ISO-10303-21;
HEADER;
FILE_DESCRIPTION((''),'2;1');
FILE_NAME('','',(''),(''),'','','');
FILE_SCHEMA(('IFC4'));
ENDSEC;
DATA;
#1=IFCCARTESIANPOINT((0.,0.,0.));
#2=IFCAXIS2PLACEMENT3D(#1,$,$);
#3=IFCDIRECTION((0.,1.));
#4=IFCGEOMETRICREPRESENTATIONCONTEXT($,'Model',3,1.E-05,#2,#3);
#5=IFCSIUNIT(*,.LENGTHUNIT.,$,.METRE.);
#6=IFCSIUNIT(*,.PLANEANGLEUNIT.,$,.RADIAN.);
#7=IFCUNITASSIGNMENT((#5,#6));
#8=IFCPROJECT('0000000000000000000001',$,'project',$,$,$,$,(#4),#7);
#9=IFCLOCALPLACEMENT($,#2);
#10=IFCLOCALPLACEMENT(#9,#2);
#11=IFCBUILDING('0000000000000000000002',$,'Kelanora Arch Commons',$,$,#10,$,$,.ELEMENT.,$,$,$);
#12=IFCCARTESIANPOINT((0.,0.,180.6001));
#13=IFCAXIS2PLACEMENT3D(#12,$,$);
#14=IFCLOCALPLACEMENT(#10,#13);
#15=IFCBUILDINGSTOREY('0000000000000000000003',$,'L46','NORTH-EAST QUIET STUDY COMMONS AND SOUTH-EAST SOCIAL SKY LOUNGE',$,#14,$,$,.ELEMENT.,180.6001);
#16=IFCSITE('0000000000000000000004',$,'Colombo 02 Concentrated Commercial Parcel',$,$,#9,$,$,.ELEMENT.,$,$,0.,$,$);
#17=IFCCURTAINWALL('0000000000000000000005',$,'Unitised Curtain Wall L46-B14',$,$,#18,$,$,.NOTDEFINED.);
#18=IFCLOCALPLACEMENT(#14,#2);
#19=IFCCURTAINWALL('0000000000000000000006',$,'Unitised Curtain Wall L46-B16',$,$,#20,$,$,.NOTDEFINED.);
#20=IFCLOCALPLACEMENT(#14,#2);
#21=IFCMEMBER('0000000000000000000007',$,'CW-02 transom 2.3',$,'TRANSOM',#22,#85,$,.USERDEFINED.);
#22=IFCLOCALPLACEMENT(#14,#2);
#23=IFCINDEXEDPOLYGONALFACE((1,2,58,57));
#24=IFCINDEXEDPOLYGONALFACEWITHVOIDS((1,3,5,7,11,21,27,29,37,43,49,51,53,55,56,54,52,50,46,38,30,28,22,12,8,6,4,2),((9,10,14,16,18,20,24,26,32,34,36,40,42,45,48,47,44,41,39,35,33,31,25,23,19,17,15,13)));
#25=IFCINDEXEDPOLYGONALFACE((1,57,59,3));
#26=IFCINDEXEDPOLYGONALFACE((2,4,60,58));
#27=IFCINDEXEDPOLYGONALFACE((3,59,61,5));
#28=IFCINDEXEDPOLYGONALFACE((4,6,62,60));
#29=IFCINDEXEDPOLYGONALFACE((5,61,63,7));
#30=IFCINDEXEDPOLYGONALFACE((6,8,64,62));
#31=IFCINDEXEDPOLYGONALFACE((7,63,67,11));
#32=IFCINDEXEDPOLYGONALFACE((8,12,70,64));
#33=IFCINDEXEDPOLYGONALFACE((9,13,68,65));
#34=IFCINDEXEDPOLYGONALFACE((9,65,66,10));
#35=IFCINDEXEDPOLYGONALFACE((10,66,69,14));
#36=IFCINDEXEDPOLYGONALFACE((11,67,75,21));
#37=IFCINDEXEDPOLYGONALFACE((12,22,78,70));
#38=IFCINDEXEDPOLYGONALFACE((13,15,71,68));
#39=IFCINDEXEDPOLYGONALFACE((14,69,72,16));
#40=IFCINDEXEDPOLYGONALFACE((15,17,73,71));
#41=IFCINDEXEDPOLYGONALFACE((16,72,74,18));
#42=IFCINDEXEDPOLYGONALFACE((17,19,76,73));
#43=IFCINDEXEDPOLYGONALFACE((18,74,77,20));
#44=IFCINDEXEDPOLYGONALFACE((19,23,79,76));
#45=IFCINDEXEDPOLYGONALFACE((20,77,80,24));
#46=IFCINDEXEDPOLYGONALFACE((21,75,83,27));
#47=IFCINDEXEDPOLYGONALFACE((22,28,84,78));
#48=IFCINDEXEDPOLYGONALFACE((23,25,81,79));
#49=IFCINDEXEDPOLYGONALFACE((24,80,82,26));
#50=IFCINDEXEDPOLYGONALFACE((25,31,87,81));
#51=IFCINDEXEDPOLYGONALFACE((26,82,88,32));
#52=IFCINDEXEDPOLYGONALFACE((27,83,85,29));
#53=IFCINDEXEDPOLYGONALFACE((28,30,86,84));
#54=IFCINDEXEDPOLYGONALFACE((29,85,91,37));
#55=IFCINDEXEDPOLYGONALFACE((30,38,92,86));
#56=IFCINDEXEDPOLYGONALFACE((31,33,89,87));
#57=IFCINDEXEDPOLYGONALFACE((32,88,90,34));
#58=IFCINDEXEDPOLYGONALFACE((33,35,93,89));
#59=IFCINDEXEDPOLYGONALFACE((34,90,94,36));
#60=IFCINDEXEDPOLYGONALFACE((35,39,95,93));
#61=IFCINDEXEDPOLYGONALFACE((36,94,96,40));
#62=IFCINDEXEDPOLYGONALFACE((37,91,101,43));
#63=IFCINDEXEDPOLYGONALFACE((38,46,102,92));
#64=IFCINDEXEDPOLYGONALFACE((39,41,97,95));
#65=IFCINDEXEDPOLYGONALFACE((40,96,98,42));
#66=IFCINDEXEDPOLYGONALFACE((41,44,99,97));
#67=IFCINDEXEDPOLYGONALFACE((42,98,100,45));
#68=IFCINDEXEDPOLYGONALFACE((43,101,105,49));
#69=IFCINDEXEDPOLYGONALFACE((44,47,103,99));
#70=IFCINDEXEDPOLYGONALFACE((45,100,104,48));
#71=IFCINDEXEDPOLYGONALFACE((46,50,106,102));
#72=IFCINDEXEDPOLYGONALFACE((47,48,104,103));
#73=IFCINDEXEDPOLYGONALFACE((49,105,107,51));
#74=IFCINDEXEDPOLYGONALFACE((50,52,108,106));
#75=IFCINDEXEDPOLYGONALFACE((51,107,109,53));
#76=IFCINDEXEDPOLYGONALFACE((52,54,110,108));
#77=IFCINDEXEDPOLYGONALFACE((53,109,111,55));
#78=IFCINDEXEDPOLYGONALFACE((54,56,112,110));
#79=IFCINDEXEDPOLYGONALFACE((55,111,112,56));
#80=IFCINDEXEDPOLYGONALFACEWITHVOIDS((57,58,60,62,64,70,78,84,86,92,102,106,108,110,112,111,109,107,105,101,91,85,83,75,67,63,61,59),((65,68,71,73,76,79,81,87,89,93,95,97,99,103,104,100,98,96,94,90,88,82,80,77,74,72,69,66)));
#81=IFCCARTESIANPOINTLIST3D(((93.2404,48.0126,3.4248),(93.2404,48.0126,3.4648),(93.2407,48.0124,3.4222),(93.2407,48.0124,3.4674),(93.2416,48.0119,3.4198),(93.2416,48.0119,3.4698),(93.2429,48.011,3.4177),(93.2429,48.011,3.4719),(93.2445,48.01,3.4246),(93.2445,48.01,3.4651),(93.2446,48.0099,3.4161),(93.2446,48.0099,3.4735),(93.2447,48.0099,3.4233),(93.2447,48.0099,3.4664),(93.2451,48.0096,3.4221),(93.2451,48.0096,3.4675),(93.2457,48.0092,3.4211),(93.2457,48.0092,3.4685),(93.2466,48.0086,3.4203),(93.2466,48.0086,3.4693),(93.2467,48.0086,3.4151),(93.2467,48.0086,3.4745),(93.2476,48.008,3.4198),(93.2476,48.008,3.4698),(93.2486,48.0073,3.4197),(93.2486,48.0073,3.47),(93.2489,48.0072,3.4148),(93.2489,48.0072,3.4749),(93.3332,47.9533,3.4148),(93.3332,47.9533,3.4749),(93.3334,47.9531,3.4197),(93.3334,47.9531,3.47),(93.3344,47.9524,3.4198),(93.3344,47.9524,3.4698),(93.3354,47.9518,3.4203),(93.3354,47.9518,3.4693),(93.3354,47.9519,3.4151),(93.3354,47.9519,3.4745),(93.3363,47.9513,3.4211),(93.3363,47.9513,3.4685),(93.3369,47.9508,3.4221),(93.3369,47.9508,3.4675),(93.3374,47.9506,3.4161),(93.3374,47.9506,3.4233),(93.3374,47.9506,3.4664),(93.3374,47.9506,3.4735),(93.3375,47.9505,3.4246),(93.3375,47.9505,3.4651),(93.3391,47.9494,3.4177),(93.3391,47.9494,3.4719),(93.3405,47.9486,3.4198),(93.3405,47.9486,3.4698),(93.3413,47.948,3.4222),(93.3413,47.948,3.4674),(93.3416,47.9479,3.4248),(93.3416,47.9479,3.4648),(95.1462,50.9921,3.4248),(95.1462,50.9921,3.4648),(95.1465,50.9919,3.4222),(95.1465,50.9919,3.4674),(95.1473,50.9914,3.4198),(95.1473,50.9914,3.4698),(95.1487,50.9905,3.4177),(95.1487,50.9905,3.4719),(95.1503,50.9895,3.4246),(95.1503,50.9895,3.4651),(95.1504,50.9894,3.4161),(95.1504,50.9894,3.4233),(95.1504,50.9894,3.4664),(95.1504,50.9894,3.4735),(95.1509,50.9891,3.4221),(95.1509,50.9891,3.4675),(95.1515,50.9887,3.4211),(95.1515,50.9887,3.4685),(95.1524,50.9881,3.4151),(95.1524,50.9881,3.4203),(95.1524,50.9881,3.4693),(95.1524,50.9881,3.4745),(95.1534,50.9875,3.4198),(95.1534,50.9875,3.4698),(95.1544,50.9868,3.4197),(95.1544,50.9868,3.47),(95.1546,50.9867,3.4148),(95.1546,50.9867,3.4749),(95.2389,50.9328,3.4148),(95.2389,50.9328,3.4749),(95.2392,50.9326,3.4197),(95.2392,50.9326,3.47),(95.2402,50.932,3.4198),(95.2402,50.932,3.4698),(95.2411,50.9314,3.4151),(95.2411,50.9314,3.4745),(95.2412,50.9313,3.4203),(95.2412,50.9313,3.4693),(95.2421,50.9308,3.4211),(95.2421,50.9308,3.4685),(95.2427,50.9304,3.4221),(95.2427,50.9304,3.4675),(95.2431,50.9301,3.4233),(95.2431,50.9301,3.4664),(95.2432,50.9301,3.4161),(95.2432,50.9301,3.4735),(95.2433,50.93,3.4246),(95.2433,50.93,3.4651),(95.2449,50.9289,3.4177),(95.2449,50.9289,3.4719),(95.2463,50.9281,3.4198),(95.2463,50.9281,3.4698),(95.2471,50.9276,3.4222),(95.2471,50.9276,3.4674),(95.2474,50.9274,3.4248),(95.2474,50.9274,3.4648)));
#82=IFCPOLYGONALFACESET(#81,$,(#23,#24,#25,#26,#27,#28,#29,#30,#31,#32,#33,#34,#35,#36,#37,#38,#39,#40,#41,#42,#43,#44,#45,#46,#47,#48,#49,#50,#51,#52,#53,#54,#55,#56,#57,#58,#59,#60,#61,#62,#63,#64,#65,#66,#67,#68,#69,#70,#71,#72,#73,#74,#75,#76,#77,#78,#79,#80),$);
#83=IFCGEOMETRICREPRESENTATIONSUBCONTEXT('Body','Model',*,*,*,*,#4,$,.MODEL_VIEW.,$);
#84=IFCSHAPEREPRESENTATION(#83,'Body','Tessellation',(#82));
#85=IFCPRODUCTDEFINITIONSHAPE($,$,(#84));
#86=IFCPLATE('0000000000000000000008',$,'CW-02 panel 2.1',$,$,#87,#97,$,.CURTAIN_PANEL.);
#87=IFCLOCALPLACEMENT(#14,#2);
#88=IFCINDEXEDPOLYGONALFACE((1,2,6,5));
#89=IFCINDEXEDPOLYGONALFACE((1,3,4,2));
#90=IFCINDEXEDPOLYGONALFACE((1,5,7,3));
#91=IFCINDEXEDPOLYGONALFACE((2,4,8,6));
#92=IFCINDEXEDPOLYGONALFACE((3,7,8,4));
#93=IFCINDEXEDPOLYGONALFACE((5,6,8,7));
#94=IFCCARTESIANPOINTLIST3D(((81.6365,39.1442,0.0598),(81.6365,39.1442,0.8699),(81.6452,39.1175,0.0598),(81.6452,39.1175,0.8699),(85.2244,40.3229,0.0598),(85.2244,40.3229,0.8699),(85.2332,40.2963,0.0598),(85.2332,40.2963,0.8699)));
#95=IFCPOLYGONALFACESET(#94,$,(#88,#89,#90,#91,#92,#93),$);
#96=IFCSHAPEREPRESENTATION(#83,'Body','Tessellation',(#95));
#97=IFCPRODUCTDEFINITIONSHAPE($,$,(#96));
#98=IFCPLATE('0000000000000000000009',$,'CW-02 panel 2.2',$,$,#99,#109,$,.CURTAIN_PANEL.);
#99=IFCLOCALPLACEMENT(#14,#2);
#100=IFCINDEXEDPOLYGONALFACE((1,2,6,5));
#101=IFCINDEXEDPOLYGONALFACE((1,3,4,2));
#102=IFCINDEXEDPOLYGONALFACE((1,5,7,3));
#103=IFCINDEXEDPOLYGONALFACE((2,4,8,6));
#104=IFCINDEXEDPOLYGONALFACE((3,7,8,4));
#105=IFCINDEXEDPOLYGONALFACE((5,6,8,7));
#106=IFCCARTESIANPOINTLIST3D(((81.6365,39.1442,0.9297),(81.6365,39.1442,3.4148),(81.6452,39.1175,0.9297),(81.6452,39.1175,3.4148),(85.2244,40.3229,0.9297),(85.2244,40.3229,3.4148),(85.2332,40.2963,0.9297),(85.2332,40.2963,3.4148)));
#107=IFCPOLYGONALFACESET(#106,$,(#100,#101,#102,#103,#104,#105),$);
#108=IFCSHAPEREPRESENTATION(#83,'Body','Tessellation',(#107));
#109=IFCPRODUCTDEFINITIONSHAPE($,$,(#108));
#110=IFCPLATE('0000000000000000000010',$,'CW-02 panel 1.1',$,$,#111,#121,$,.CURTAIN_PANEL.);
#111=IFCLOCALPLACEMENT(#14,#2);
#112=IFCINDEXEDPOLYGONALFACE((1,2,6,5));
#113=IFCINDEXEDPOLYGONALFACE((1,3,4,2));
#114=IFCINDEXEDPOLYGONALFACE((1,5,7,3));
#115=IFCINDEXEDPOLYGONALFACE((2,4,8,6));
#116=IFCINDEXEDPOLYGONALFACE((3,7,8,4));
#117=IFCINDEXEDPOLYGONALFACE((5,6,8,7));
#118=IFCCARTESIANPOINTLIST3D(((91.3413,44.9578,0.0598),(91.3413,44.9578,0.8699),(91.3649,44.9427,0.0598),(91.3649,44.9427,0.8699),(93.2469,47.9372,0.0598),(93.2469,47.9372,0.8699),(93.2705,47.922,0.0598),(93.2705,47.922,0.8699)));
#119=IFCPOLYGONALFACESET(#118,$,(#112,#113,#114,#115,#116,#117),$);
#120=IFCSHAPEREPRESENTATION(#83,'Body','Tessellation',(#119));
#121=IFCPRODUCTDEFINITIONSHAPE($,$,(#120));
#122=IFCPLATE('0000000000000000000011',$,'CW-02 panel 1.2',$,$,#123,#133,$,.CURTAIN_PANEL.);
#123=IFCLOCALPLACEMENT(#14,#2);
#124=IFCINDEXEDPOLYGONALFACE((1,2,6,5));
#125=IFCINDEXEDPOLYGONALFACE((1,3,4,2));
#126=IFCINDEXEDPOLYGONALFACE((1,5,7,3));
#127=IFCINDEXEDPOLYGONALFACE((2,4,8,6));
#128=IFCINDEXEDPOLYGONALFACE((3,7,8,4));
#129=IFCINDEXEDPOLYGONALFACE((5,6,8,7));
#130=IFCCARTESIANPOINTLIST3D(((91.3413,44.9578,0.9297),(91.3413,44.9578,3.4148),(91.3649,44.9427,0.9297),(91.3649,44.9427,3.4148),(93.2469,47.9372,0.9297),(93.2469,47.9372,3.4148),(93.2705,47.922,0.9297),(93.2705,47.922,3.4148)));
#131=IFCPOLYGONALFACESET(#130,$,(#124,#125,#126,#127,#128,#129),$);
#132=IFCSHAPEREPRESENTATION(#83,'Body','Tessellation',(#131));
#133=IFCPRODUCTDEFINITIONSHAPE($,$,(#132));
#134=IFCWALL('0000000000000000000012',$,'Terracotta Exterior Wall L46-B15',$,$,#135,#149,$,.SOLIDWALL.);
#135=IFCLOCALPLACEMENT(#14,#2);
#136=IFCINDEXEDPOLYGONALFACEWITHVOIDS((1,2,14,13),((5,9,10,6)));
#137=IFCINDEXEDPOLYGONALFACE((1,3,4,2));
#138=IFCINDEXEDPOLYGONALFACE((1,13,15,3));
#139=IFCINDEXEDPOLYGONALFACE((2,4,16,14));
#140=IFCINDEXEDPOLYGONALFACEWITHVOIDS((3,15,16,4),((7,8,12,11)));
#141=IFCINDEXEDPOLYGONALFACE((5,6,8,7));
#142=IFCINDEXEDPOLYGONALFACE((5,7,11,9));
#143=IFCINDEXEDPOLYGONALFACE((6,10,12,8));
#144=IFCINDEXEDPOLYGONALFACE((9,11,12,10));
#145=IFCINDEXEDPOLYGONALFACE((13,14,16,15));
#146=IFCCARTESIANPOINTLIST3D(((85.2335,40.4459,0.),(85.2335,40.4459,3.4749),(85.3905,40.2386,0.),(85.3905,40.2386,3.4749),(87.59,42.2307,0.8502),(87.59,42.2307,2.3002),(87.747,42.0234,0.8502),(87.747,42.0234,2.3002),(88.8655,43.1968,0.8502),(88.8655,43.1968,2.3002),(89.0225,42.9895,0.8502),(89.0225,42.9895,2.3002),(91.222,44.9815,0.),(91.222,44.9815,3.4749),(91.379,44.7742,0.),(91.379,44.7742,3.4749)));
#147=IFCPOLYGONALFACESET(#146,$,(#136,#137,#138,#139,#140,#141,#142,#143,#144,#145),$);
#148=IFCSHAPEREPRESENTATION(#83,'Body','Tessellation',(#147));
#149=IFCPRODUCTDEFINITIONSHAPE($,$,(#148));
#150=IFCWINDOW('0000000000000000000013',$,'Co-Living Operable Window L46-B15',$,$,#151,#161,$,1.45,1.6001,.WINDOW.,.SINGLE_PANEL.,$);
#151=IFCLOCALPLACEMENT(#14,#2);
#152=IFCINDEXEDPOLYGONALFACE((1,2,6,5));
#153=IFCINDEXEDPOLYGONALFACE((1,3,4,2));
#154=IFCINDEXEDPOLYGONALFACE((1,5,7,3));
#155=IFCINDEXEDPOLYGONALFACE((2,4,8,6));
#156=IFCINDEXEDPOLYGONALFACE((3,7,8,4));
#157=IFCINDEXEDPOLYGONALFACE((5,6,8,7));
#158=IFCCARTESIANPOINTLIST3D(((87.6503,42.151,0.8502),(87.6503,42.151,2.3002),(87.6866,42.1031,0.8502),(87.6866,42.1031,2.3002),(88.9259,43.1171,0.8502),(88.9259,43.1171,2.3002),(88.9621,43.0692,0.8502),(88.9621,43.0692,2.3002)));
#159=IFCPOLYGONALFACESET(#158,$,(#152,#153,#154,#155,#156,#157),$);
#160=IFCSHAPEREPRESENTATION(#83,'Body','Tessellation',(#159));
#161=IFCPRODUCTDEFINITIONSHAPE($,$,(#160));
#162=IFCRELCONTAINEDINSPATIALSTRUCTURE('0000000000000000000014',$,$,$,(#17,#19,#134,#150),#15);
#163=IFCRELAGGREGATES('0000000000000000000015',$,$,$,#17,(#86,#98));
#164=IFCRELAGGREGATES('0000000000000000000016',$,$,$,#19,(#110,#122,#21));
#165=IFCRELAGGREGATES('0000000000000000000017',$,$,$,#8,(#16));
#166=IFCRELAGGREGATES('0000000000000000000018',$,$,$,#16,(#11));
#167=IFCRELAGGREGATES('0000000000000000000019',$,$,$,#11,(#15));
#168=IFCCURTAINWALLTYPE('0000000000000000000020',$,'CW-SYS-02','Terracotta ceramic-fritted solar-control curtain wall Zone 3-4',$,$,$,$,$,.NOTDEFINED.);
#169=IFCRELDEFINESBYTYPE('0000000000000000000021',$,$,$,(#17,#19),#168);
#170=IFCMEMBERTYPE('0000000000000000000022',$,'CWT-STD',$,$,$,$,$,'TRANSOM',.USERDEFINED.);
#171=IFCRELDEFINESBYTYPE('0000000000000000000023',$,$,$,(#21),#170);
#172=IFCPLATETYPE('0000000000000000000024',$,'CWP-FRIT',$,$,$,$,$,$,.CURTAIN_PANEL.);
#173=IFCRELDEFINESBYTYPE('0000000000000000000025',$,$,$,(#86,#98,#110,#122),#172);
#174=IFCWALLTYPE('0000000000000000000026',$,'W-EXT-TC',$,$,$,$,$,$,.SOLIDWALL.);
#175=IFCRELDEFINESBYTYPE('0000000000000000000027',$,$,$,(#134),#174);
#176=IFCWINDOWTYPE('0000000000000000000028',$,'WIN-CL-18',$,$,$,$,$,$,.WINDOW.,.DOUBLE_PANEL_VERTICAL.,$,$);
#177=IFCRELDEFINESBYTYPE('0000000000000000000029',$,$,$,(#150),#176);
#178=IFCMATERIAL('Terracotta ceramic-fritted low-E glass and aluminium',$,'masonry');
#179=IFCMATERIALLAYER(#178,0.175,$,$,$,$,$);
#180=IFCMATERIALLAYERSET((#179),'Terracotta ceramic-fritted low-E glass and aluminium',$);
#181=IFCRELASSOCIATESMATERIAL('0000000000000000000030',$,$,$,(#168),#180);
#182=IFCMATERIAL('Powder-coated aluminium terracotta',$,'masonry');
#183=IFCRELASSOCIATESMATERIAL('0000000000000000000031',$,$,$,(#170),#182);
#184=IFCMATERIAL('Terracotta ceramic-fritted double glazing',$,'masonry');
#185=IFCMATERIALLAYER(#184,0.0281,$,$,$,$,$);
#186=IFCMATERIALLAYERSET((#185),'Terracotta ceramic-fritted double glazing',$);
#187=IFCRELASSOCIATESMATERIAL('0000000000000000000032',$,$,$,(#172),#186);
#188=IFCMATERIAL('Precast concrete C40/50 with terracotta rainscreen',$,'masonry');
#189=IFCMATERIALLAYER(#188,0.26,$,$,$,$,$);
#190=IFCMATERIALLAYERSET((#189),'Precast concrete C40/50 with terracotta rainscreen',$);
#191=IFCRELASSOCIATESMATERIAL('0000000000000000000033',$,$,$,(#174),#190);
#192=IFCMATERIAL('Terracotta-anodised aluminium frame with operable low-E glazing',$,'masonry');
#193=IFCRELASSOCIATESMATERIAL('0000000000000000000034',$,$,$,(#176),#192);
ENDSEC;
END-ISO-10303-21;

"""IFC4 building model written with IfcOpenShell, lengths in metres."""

from ifc_helpers import new_model, si_unit, direction, frame, frame_2d, origin, origin_2d, place, context, subcontext, project, spatial, rectangle, hollow_rectangle, extrude, source, transform, mapped, material, layer, layer_set, material_profile, profile_set, type_object, element, fill, aggregate, save


model = new_model("IFC4")

# Units and contexts
model_context = context("Model", 3, precision=1e-05, world=origin(), true_north=direction((0.0, 1.0)))
body_context = subcontext(model_context, "Body", "Model", "MODEL_VIEW")
ifc_project = project(units=[si_unit("LENGTHUNIT", "METRE"), si_unit("PLANEANGLEUNIT", "RADIAN")], contexts=[model_context])

# Site, building, storey
site_placement = place(None, origin())
site = spatial("IfcSite", under=ifc_project, at=site_placement, Name="Colombo 02 Concentrated Commercial Parcel", CompositionType="ELEMENT", RefElevation=0.0)
building_placement = place(site_placement, origin())
building = spatial("IfcBuilding", under=site, at=building_placement, Name="Kelanora Arch Commons", CompositionType="ELEMENT")
storey_placement = place(building_placement, frame((0.0, 0.0, 180.6001)))
storey = spatial("IfcBuildingStorey", under=building, at=storey_placement, Name="L46", Description="NORTH-EAST QUIET STUDY COMMONS AND SOUTH-EAST SOCIAL SKY LOUNGE", CompositionType="ELEMENT", Elevation=180.6001)

# Curtain wall
ifc_material_1 = material(Name="Terracotta ceramic-fritted low-E glass and aluminium", Category="masonry")
ifc_layer_1 = layer(ifc_material_1, 0.175)
ifc_layer_set_1 = layer_set([ifc_layer_1], Name="Terracotta ceramic-fritted low-E glass and aluminium")
curtain_wall_type = type_object("IfcCurtainWallType", Name="CW-SYS-02", Description="Terracotta ceramic-fritted solar-control curtain wall Zone 3-4", PredefinedType="NOTDEFINED", material=ifc_layer_set_1)
curtain_wall_1_placement = place(storey_placement, origin())
curtain_wall_1 = element("IfcCurtainWall", 1, at=curtain_wall_1_placement, inside=storey, type_object=curtain_wall_type, Name="Unitised Curtain Wall L46-B14", PredefinedType="NOTDEFINED")
ifc_material_2 = material(Name="Powder-coated aluminium terracotta", Category="masonry")

# Curtain wall, member
curtain_wall_2_placement = place(storey_placement, origin())
curtain_wall_2 = element("IfcCurtainWall", 2, at=curtain_wall_2_placement, inside=storey, type_object=curtain_wall_type, Name="Unitised Curtain Wall L46-B16", PredefinedType="NOTDEFINED")
ifc_material_profile_1 = material_profile(ifc_material_2, hollow_rectangle(XDim=0.1201, YDim=0.0601, WallThickness=0.0049, InnerFilletRadius=0.0049, OuterFilletRadius=0.01, at=origin_2d()), Name="CWT120x60")
ifc_profile_set_1 = profile_set([ifc_material_profile_1], Name="Powder-coated aluminium terracotta")
member_type_1 = type_object("IfcMemberType", Name="CWT-STD", ElementType="TRANSOM", PredefinedType="USERDEFINED", material=ifc_profile_set_1)
member_1_placement = place(storey_placement, frame((93.291, 47.9802, 3.4448), z_axis=(0.53883, 0.842414, 0.0), x_axis=(-0.842414, 0.53883, 0.0)))
member_1 = element("IfcMember", 3, at=member_1_placement, type_object=member_type_1, Name="CW-02 transom 2.3", ObjectType="TRANSOM", PredefinedType="USERDEFINED", context=body_context, shape_type="SweptSolid", body=[
    extrude(hollow_rectangle(XDim=0.1201, YDim=0.0601, WallThickness=0.0049, InnerFilletRadius=0.0049, OuterFilletRadius=0.01, at=origin_2d()), origin(), (0.0, 0.0, 1.0), 3.5369),
])

# Plates
ifc_material_3 = material(Name="Terracotta ceramic-fritted double glazing", Category="masonry")
ifc_layer_2 = layer(ifc_material_3, 0.0281)
ifc_layer_set_2 = layer_set([ifc_layer_2], Name="Terracotta ceramic-fritted double glazing")
plate_type = type_object("IfcPlateType", Name="CWP-FRIT", PredefinedType="CURTAIN_PANEL", material=ifc_layer_set_2)
shared_shape_1 = source(origin(), body_context, "Body", "SweptSolid", [
    extrude(rectangle(XDim=3.7766, YDim=0.0281, at=origin_2d()), origin(), (0.0, 0.0, 1.0), 0.8101),
])
plate_1_placement = place(storey_placement, frame((83.4348, 39.7202, 0.0598), z_axis=(0.0, 0.0, 1.0), x_axis=(0.95004, 0.312128, 0.0)))
plate_1 = element("IfcPlate", 4, at=plate_1_placement, type_object=plate_type, Name="CW-02 panel 2.1", PredefinedType="CURTAIN_PANEL", context=body_context, shape_type="MappedRepresentation", body=[
    mapped(shared_shape_1, transform((0.0, 0.0, 0.0), scale=1.0)),
])
shared_shape_2 = source(origin(), body_context, "Body", "SweptSolid", [
    extrude(rectangle(XDim=3.7766, YDim=0.0281, at=origin_2d()), origin(), (0.0, 0.0, 1.0), 2.4851),
])
plate_2_placement = place(storey_placement, frame((83.4348, 39.7202, 0.9297), z_axis=(0.0, 0.0, 1.0), x_axis=(0.95004, 0.312128, 0.0)))
plate_2 = element("IfcPlate", 5, at=plate_2_placement, type_object=plate_type, Name="CW-02 panel 2.2", PredefinedType="CURTAIN_PANEL", context=body_context, shape_type="MappedRepresentation", body=[
    mapped(shared_shape_2, transform((0.0, 0.0, 0.0), scale=1.0)),
])
aggregate(curtain_wall_1, [plate_1, plate_2])
shared_shape_3 = source(origin(), body_context, "Body", "SweptSolid", [
    extrude(rectangle(XDim=3.5366, YDim=0.0281, at=origin_2d()), origin(), (0.0, 0.0, 1.0), 0.8101),
])
plate_3_placement = place(storey_placement, frame((92.3059, 46.4399, 0.0598), z_axis=(0.0, 0.0, 1.0), x_axis=(0.538817, 0.842423, 0.0)))
plate_3 = element("IfcPlate", 6, at=plate_3_placement, type_object=plate_type, Name="CW-02 panel 1.1", PredefinedType="CURTAIN_PANEL", context=body_context, shape_type="MappedRepresentation", body=[
    mapped(shared_shape_3, transform((0.0, 0.0, 0.0), scale=1.0)),
])
shared_shape_4 = source(origin(), body_context, "Body", "SweptSolid", [
    extrude(rectangle(XDim=3.5366, YDim=0.0281, at=origin_2d()), origin(), (0.0, 0.0, 1.0), 2.4851),
])
plate_4_placement = place(storey_placement, frame((92.3059, 46.4399, 0.9297), z_axis=(0.0, 0.0, 1.0), x_axis=(0.538817, 0.842423, 0.0)))
plate_4 = element("IfcPlate", 7, at=plate_4_placement, type_object=plate_type, Name="CW-02 panel 1.2", PredefinedType="CURTAIN_PANEL", context=body_context, shape_type="MappedRepresentation", body=[
    mapped(shared_shape_4, transform((0.0, 0.0, 0.0), scale=1.0)),
])
aggregate(curtain_wall_2, [plate_3, plate_4, member_1])

# Wall, opening, window
ifc_material_4 = material(Name="Precast concrete C40/50 with terracotta rainscreen", Category="masonry")
ifc_layer_3 = layer(ifc_material_4, 0.26)
ifc_layer_set_3 = layer_set([ifc_layer_3], Name="Precast concrete C40/50 with terracotta rainscreen")
wall_type = type_object("IfcWallType", Name="W-EXT-TC", PredefinedType="SOLIDWALL", material=ifc_layer_set_3)
wall_placement = place(storey_placement, frame((85.312, 40.3423, 0.0), z_axis=(0.0, 0.0, 1.0), x_axis=(0.797164, 0.603763, 0.0)))
wall = element("IfcWall", 8, at=wall_placement, inside=storey, type_object=wall_type, Name="Terracotta Exterior Wall L46-B15", PredefinedType="SOLIDWALL", context=body_context, shape_type="SweptSolid", body=[
    extrude(rectangle(XDim=7.5122, YDim=0.26, at=frame_2d((3.7561, 0.0))), origin(), (0.0, 0.0, 1.0), 3.4749),
])
opening_placement = place(wall_placement, frame((2.9561, 0.0, 0.8501)))
opening = element("IfcOpeningElement", 9, at=opening_placement, cuts=wall, PredefinedType="OPENING", context=body_context, shape_type="SweptSolid", body=[
    extrude(rectangle(XDim=1.6001, YDim=1.45, at=frame_2d((0.8, 0.7251))), frame((0.0, 0.1401, 0.0), z_axis=(0.0, -1.0, 0.0), x_axis=(1.0, 0.0, 0.0)), (0.0, 0.0, 1.0), 0.28),
])
ifc_material_5 = material(Name="Terracotta-anodised aluminium frame with operable low-E glazing", Category="masonry")
window_type = type_object("IfcWindowType", Name="WIN-CL-18", PartitioningType="DOUBLE_PANEL_VERTICAL", PredefinedType="WINDOW", material=ifc_material_5)
window_placement = place(opening_placement, origin())
window = element("IfcWindow", 10, at=window_placement, inside=storey, type_object=window_type, Name="Co-Living Operable Window L46-B15", OverallHeight=1.45, OverallWidth=1.6001, PartitioningType="SINGLE_PANEL", PredefinedType="WINDOW", context=body_context, shape_type="SweptSolid", body=[
    extrude(rectangle(XDim=1.6001, YDim=1.45, at=frame_2d((0.8, 0.7251))), frame((0.0, 0.03, 0.0), z_axis=(0.0, -1.0, 0.0), x_axis=(1.0, 0.0, 0.0)), (0.0, 0.0, 1.0), 0.0601),
])
fill(opening, window)

save(model, "model.ifc")
